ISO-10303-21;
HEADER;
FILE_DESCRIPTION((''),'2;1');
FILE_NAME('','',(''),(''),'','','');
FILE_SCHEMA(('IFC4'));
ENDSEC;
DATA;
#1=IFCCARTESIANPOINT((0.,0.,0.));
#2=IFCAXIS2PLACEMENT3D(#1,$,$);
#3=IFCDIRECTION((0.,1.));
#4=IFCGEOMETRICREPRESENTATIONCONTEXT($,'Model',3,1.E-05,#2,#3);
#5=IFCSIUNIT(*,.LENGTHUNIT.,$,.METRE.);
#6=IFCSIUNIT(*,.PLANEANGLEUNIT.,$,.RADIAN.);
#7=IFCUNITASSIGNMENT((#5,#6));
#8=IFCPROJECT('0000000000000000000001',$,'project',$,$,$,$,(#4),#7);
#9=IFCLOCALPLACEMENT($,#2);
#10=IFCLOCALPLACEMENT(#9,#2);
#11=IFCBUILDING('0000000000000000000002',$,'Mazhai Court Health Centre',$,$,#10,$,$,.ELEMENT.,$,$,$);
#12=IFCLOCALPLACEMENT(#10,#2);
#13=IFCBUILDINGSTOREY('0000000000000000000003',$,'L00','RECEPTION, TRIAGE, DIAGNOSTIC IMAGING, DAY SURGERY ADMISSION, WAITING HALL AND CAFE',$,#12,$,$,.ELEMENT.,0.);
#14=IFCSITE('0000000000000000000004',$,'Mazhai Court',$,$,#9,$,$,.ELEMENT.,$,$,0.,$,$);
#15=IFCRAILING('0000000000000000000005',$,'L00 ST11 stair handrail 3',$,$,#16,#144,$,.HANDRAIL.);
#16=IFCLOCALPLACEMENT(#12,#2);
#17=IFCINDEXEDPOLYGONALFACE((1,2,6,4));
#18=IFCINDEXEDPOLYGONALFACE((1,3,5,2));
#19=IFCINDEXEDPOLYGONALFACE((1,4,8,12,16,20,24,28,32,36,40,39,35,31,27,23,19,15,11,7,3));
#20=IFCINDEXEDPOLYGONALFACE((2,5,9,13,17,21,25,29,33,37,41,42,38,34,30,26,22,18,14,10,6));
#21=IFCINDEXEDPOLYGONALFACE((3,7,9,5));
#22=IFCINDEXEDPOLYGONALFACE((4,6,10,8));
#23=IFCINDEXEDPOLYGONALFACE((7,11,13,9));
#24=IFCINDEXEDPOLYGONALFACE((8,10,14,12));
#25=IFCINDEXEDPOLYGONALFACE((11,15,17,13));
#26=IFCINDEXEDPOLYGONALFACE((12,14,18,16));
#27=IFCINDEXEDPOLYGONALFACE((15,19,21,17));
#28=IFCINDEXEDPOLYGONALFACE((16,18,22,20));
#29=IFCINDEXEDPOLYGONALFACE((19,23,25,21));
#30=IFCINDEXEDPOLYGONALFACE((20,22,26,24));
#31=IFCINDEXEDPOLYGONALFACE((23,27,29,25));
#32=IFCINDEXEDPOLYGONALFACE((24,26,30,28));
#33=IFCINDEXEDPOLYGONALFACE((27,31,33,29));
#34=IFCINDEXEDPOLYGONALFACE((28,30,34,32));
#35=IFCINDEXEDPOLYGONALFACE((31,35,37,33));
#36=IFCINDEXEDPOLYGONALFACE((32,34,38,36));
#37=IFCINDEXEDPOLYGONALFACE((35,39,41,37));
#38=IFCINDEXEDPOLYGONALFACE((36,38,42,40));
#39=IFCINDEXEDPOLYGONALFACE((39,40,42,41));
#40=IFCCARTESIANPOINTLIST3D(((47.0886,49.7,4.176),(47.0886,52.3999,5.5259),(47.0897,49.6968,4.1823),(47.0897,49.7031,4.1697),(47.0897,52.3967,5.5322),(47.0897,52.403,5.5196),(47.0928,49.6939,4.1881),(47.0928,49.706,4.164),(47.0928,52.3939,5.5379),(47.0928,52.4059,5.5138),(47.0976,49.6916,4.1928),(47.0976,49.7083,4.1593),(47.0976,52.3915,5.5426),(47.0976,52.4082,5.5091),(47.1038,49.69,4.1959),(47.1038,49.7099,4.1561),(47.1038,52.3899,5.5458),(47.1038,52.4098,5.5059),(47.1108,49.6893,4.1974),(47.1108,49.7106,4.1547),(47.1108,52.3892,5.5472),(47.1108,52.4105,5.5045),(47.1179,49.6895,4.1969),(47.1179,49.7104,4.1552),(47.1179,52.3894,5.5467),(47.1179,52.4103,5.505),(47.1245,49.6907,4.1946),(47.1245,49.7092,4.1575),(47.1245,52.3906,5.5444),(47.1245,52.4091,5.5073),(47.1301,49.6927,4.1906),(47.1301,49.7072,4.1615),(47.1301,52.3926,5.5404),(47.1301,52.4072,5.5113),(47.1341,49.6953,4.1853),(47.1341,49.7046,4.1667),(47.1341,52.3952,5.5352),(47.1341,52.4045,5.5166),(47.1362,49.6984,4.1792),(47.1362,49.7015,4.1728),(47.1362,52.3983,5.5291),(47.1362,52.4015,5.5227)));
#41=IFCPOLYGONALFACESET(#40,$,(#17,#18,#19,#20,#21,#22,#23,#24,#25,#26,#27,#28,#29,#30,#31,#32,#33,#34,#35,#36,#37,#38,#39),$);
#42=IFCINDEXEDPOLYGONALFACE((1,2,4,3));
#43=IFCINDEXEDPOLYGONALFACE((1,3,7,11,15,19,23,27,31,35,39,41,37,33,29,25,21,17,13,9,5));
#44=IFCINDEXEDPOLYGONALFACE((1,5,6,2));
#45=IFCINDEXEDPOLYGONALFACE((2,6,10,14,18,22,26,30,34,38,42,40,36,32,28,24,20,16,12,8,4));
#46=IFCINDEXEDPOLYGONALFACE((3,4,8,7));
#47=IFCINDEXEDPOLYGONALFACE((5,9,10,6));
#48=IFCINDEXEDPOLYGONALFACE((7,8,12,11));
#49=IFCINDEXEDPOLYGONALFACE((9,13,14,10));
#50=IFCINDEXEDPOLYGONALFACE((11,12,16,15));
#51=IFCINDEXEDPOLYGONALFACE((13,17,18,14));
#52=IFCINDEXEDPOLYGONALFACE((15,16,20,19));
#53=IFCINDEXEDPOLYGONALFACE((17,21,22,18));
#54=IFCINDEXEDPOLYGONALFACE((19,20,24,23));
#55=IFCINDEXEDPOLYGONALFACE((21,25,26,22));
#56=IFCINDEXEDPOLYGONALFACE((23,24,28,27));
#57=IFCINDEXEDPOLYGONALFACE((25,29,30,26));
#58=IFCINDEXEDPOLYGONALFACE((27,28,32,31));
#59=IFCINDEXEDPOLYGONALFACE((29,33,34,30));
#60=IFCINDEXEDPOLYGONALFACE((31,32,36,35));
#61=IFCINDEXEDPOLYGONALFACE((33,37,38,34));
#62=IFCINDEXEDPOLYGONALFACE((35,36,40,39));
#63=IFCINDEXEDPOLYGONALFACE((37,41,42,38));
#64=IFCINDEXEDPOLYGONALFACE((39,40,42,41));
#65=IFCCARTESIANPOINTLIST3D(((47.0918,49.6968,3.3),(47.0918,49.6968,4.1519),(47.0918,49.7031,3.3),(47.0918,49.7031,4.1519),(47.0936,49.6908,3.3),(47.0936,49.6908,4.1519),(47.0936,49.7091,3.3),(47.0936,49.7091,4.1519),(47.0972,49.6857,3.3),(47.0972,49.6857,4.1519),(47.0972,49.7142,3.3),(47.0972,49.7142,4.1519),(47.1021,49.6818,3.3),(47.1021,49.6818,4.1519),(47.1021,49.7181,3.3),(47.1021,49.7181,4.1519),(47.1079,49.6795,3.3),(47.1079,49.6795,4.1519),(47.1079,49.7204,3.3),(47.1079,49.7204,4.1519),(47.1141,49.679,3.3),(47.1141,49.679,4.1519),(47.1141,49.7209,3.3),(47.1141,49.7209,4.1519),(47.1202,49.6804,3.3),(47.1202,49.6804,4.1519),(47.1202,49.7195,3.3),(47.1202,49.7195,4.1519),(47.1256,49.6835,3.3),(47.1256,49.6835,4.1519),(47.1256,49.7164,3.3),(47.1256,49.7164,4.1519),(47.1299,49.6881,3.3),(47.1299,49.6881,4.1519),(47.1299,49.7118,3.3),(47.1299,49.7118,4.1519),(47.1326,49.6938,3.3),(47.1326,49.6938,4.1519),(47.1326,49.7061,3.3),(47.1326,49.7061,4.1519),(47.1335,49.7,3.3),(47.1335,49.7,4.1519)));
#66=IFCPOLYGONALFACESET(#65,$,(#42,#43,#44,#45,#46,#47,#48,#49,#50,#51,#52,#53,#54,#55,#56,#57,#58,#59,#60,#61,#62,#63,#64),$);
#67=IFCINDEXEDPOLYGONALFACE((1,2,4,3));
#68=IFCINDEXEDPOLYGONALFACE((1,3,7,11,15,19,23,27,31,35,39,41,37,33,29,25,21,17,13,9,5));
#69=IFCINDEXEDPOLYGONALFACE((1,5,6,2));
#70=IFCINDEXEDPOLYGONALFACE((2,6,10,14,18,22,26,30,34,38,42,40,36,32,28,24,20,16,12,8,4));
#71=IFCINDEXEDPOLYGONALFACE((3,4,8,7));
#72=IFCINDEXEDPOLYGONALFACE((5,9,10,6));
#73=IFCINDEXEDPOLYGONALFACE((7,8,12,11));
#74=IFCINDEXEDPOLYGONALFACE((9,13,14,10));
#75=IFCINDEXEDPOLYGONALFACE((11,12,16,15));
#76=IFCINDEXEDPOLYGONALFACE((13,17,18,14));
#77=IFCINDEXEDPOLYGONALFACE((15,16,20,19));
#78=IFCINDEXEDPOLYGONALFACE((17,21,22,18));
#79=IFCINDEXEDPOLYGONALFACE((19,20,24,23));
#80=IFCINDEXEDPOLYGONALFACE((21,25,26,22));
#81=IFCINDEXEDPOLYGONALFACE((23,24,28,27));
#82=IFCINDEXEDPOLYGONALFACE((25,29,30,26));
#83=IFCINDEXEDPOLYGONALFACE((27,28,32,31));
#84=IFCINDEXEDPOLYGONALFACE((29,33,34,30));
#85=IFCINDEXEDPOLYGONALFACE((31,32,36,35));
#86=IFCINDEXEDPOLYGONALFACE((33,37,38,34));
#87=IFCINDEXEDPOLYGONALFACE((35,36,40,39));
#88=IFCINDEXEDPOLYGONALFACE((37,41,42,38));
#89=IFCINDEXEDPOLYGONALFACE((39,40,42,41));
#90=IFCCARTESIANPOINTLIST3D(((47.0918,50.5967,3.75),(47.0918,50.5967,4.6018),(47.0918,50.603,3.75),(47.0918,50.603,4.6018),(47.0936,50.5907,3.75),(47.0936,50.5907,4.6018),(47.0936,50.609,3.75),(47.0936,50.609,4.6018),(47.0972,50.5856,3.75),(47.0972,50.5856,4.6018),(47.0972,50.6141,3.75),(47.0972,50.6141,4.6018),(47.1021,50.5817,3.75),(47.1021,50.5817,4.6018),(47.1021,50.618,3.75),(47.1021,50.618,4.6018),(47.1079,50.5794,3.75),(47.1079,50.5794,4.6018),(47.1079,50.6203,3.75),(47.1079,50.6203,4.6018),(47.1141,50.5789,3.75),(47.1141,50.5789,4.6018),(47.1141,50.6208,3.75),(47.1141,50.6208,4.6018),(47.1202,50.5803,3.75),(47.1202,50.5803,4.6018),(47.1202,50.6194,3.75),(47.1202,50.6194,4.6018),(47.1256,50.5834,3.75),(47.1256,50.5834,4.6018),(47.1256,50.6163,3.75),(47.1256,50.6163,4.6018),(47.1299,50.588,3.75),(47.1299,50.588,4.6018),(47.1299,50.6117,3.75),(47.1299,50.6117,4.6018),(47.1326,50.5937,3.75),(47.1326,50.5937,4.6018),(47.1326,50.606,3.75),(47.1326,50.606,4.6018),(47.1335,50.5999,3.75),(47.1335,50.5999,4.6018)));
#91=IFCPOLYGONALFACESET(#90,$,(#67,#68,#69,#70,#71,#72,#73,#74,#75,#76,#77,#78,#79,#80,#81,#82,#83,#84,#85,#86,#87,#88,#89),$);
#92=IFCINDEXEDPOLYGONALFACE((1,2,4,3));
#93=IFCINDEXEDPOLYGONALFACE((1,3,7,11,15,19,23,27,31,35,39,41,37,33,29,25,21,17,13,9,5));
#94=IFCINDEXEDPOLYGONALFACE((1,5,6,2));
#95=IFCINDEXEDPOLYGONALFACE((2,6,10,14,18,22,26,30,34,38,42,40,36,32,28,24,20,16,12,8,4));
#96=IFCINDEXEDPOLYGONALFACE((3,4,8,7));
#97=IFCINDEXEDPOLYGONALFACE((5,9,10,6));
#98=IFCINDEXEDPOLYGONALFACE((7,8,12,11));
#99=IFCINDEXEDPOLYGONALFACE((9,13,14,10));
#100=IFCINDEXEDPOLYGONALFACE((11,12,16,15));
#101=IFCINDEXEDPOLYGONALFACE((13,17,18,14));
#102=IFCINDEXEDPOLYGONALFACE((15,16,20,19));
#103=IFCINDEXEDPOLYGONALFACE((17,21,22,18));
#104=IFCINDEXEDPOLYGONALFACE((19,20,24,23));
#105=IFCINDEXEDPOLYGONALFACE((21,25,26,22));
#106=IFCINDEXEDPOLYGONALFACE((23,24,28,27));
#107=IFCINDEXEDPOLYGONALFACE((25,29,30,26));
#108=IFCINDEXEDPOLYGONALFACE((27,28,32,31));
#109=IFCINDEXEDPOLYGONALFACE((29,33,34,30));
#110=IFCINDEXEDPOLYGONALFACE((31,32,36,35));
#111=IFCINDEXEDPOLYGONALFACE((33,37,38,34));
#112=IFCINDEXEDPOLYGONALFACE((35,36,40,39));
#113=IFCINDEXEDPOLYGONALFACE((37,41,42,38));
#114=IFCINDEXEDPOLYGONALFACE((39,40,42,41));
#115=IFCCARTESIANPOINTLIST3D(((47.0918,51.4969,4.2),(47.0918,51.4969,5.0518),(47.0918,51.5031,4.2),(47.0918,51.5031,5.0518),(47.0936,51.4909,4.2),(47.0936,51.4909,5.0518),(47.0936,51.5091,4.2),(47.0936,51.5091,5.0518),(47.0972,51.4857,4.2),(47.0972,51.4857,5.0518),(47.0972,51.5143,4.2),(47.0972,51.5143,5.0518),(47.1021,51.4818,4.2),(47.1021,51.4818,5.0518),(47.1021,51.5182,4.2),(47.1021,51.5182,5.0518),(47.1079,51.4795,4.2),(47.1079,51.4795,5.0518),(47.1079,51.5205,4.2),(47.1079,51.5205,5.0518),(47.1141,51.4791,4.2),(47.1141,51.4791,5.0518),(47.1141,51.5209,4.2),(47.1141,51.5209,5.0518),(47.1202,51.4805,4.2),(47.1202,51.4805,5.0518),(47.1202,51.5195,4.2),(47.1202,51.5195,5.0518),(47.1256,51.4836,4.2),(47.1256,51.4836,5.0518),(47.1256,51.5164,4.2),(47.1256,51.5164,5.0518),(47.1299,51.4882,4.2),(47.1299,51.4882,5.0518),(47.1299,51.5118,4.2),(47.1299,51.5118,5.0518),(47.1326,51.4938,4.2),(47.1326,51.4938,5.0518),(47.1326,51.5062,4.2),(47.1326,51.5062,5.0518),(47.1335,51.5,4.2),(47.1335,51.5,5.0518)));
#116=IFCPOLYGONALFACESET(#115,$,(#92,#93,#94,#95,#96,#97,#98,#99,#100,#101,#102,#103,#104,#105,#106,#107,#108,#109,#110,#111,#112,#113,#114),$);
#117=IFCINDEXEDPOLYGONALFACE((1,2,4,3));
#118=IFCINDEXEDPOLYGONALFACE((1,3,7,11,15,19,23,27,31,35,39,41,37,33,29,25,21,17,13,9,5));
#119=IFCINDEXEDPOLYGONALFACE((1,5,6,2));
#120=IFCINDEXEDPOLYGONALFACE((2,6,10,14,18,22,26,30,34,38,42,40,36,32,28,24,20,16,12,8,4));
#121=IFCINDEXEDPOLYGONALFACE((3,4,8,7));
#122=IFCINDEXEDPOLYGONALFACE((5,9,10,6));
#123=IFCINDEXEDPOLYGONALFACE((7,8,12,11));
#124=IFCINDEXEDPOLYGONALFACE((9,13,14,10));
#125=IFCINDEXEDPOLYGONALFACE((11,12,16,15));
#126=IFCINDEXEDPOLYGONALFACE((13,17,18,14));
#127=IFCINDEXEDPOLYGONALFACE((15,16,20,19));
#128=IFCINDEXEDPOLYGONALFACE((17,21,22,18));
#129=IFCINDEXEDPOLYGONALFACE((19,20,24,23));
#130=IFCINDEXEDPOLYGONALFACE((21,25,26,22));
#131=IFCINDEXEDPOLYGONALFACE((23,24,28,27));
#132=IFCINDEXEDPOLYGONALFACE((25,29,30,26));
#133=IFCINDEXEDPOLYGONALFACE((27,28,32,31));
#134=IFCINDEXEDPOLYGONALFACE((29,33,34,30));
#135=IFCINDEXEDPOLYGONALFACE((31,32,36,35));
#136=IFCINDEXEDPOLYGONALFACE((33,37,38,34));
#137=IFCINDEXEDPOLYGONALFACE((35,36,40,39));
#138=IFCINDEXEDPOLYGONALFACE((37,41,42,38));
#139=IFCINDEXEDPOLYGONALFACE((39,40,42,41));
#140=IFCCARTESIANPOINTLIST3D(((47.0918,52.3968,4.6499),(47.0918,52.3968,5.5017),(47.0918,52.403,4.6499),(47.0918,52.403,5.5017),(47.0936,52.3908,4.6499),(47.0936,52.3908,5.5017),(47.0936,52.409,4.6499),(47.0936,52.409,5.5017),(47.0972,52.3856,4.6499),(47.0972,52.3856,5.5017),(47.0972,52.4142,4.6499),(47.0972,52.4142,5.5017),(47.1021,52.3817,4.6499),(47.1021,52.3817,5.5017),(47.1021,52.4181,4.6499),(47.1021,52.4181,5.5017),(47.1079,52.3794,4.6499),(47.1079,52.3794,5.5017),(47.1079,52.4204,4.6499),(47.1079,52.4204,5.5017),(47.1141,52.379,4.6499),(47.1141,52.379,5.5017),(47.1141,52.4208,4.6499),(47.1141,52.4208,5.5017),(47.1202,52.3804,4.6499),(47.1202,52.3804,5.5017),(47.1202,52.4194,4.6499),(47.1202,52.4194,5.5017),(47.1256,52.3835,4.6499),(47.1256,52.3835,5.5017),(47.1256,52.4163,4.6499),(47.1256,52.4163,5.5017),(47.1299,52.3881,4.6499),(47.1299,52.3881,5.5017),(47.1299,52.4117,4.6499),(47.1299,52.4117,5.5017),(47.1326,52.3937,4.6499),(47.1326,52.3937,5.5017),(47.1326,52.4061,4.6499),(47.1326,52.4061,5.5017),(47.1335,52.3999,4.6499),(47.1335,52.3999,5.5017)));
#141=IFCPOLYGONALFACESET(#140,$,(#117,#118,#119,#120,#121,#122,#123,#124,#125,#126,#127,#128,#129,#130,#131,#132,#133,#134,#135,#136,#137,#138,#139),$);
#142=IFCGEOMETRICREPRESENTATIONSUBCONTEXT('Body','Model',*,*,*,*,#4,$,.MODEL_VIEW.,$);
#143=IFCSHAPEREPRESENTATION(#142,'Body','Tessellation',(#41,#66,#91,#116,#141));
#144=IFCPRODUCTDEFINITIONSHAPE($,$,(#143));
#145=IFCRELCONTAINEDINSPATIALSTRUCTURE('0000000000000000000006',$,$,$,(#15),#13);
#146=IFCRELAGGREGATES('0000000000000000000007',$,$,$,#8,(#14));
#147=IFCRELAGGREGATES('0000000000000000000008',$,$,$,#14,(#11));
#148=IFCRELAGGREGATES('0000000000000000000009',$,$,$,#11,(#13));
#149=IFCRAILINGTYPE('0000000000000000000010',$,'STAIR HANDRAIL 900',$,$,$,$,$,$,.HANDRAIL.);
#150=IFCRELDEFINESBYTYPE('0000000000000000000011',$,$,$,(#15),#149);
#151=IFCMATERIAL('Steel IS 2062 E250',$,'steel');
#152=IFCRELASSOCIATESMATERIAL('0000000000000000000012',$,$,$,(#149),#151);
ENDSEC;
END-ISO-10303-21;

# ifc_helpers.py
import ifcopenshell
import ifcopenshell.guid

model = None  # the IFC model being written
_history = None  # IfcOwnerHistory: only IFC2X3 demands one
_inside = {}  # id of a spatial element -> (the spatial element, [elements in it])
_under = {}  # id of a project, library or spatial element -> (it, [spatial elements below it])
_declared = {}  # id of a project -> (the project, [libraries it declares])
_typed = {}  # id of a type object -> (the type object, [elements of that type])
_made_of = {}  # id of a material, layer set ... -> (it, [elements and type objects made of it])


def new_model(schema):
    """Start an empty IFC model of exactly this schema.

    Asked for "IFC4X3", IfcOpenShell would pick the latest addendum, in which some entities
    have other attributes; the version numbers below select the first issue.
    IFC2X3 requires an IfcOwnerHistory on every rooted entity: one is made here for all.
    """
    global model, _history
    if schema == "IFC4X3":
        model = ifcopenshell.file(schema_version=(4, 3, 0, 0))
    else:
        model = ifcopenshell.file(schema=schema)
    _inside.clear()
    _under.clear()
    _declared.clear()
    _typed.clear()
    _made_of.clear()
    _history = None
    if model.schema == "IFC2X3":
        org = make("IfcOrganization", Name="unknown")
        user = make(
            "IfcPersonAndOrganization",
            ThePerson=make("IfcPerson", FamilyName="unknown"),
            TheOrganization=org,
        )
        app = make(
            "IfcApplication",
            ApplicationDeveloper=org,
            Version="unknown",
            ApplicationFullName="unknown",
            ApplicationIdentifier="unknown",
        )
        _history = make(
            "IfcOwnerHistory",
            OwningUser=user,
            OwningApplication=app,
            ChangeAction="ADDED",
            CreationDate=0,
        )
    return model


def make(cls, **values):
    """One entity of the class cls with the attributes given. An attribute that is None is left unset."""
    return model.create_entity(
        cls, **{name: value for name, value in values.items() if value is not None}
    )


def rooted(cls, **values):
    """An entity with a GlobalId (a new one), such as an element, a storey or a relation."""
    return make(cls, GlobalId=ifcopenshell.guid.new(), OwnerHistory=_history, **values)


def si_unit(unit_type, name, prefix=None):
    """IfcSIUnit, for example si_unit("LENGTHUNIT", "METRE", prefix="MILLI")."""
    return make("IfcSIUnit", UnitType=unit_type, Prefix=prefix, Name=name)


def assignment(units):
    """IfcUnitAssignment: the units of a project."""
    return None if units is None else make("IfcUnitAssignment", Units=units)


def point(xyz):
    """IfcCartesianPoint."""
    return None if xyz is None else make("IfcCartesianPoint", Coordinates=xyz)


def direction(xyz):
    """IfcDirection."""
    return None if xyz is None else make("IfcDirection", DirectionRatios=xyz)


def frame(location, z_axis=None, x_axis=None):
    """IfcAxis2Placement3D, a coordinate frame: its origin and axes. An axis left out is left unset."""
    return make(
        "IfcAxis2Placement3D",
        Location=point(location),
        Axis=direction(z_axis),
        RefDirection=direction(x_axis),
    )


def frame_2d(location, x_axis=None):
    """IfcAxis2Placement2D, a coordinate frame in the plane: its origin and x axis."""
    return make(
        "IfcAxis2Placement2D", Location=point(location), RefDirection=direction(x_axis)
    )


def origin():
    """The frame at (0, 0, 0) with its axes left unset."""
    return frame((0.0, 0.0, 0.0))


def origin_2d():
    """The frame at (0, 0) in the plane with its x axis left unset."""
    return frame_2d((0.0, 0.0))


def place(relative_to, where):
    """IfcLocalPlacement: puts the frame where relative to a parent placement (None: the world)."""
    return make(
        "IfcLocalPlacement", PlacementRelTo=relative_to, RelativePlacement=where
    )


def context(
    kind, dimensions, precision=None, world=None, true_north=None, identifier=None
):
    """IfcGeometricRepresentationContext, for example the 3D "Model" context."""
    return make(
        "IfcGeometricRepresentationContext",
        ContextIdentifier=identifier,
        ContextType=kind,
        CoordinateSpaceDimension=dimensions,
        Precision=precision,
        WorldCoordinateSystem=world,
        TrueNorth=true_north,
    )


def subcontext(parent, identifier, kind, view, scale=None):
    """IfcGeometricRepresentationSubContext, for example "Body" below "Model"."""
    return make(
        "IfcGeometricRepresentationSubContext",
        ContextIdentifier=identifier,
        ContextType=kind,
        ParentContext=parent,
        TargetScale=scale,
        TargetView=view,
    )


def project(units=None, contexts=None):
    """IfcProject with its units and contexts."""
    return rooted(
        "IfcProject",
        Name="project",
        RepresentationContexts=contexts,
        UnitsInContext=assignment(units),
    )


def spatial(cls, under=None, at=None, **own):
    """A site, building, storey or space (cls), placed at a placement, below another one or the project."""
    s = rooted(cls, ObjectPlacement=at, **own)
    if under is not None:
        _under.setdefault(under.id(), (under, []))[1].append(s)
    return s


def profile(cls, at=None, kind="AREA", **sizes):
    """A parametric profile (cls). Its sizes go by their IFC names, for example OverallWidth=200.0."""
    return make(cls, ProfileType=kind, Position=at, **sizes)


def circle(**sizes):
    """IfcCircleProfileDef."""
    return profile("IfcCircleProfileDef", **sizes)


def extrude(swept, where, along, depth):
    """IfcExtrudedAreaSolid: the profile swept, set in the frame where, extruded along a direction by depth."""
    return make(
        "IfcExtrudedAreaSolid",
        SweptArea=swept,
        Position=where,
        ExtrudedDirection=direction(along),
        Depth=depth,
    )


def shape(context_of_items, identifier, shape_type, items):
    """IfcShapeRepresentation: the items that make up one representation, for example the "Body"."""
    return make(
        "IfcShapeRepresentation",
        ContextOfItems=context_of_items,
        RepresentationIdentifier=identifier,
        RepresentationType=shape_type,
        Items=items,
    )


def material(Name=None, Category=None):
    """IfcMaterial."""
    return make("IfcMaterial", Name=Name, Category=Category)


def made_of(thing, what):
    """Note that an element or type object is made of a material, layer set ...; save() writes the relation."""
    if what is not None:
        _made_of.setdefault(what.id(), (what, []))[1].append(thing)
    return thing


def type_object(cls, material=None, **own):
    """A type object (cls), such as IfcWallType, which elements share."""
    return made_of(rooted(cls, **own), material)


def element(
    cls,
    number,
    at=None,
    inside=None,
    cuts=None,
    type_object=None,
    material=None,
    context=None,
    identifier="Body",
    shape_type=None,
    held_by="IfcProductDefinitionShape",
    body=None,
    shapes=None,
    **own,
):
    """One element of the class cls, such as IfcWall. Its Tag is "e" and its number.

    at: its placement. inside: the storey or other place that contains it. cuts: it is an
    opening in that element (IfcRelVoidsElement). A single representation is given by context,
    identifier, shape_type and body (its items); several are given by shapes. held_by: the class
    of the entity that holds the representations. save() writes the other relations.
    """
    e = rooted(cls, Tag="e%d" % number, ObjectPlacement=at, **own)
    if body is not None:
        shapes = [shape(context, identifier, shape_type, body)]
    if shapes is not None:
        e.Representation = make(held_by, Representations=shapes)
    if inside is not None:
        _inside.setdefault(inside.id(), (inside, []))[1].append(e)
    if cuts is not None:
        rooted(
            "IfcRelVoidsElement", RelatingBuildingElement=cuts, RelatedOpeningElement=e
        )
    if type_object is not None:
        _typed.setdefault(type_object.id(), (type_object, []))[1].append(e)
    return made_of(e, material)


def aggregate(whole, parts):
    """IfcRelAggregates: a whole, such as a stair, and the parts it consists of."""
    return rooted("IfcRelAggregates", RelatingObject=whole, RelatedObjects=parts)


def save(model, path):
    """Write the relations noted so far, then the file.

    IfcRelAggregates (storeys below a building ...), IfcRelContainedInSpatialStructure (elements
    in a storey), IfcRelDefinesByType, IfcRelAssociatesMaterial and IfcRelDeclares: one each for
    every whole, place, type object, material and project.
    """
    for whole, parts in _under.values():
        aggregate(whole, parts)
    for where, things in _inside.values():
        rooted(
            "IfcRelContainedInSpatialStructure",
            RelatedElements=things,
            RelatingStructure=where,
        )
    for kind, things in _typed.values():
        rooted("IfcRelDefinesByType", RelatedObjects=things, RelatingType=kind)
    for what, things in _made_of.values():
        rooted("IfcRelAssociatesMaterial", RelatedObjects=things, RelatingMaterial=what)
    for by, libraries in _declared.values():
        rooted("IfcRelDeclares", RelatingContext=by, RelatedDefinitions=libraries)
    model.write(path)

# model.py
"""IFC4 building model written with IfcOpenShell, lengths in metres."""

from ifc_helpers import new_model, si_unit, direction, frame, origin, origin_2d, place, context, subcontext, project, spatial, circle, extrude, material, type_object, element, save


model = new_model("IFC4")

# Units and contexts
model_context = context("Model", 3, precision=1e-05, world=origin(), true_north=direction((0.0, 1.0)))
body_context = subcontext(model_context, "Body", "Model", "MODEL_VIEW")
ifc_project = project(units=[si_unit("LENGTHUNIT", "METRE"), si_unit("PLANEANGLEUNIT", "RADIAN")], contexts=[model_context])

# Site, building, storey
site_placement = place(None, origin())
site = spatial("IfcSite", under=ifc_project, at=site_placement, Name="Mazhai Court", CompositionType="ELEMENT", RefElevation=0.0)
building_placement = place(site_placement, origin())
building = spatial("IfcBuilding", under=site, at=building_placement, Name="Mazhai Court Health Centre", CompositionType="ELEMENT")
storey_placement = place(building_placement, origin())
storey = spatial("IfcBuildingStorey", under=building, at=storey_placement, Name="L00", Description="RECEPTION, TRIAGE, DIAGNOSTIC IMAGING, DAY SURGERY ADMISSION, WAITING HALL AND CAFE", CompositionType="ELEMENT", Elevation=0.0)

# Railing
ifc_material_1 = material(Name="Steel IS 2062 E250", Category="steel")
railing_type_1 = type_object("IfcRailingType", Name="STAIR HANDRAIL 900", PredefinedType="HANDRAIL", material=ifc_material_1)
railing_1_placement = place(storey_placement, frame((47.1125, 49.7, 3.3)))
element("IfcRailing", 1, at=railing_1_placement, inside=storey, type_object=railing_type_1, Name="L00 ST11 stair handrail 3", PredefinedType="HANDRAIL", context=body_context, shape_type="SweptSolid", body=[
    extrude(circle(Radius=0.0239, at=origin_2d()), frame((0.0, 0.0, 0.876), z_axis=(0.0, 0.894443, 0.447181), x_axis=(-1.0, 0.0, 0.0)), (0.0, 0.0, 1.0), 3.0186),
    extrude(circle(Radius=0.021, at=origin_2d()), origin(), (0.0, 0.0, 1.0), 0.8518),
    extrude(circle(Radius=0.021, at=origin_2d()), frame((0.0, 0.8999, 0.45)), (0.0, 0.0, 1.0), 0.8518),
    extrude(circle(Radius=0.021, at=origin_2d()), frame((0.0, 1.8, 0.8999)), (0.0, 0.0, 1.0), 0.8518),
    extrude(circle(Radius=0.021, at=origin_2d()), frame((0.0, 2.7, 1.3499)), (0.0, 0.0, 1.0), 0.8518),
])

save(model, "model.ifc")
